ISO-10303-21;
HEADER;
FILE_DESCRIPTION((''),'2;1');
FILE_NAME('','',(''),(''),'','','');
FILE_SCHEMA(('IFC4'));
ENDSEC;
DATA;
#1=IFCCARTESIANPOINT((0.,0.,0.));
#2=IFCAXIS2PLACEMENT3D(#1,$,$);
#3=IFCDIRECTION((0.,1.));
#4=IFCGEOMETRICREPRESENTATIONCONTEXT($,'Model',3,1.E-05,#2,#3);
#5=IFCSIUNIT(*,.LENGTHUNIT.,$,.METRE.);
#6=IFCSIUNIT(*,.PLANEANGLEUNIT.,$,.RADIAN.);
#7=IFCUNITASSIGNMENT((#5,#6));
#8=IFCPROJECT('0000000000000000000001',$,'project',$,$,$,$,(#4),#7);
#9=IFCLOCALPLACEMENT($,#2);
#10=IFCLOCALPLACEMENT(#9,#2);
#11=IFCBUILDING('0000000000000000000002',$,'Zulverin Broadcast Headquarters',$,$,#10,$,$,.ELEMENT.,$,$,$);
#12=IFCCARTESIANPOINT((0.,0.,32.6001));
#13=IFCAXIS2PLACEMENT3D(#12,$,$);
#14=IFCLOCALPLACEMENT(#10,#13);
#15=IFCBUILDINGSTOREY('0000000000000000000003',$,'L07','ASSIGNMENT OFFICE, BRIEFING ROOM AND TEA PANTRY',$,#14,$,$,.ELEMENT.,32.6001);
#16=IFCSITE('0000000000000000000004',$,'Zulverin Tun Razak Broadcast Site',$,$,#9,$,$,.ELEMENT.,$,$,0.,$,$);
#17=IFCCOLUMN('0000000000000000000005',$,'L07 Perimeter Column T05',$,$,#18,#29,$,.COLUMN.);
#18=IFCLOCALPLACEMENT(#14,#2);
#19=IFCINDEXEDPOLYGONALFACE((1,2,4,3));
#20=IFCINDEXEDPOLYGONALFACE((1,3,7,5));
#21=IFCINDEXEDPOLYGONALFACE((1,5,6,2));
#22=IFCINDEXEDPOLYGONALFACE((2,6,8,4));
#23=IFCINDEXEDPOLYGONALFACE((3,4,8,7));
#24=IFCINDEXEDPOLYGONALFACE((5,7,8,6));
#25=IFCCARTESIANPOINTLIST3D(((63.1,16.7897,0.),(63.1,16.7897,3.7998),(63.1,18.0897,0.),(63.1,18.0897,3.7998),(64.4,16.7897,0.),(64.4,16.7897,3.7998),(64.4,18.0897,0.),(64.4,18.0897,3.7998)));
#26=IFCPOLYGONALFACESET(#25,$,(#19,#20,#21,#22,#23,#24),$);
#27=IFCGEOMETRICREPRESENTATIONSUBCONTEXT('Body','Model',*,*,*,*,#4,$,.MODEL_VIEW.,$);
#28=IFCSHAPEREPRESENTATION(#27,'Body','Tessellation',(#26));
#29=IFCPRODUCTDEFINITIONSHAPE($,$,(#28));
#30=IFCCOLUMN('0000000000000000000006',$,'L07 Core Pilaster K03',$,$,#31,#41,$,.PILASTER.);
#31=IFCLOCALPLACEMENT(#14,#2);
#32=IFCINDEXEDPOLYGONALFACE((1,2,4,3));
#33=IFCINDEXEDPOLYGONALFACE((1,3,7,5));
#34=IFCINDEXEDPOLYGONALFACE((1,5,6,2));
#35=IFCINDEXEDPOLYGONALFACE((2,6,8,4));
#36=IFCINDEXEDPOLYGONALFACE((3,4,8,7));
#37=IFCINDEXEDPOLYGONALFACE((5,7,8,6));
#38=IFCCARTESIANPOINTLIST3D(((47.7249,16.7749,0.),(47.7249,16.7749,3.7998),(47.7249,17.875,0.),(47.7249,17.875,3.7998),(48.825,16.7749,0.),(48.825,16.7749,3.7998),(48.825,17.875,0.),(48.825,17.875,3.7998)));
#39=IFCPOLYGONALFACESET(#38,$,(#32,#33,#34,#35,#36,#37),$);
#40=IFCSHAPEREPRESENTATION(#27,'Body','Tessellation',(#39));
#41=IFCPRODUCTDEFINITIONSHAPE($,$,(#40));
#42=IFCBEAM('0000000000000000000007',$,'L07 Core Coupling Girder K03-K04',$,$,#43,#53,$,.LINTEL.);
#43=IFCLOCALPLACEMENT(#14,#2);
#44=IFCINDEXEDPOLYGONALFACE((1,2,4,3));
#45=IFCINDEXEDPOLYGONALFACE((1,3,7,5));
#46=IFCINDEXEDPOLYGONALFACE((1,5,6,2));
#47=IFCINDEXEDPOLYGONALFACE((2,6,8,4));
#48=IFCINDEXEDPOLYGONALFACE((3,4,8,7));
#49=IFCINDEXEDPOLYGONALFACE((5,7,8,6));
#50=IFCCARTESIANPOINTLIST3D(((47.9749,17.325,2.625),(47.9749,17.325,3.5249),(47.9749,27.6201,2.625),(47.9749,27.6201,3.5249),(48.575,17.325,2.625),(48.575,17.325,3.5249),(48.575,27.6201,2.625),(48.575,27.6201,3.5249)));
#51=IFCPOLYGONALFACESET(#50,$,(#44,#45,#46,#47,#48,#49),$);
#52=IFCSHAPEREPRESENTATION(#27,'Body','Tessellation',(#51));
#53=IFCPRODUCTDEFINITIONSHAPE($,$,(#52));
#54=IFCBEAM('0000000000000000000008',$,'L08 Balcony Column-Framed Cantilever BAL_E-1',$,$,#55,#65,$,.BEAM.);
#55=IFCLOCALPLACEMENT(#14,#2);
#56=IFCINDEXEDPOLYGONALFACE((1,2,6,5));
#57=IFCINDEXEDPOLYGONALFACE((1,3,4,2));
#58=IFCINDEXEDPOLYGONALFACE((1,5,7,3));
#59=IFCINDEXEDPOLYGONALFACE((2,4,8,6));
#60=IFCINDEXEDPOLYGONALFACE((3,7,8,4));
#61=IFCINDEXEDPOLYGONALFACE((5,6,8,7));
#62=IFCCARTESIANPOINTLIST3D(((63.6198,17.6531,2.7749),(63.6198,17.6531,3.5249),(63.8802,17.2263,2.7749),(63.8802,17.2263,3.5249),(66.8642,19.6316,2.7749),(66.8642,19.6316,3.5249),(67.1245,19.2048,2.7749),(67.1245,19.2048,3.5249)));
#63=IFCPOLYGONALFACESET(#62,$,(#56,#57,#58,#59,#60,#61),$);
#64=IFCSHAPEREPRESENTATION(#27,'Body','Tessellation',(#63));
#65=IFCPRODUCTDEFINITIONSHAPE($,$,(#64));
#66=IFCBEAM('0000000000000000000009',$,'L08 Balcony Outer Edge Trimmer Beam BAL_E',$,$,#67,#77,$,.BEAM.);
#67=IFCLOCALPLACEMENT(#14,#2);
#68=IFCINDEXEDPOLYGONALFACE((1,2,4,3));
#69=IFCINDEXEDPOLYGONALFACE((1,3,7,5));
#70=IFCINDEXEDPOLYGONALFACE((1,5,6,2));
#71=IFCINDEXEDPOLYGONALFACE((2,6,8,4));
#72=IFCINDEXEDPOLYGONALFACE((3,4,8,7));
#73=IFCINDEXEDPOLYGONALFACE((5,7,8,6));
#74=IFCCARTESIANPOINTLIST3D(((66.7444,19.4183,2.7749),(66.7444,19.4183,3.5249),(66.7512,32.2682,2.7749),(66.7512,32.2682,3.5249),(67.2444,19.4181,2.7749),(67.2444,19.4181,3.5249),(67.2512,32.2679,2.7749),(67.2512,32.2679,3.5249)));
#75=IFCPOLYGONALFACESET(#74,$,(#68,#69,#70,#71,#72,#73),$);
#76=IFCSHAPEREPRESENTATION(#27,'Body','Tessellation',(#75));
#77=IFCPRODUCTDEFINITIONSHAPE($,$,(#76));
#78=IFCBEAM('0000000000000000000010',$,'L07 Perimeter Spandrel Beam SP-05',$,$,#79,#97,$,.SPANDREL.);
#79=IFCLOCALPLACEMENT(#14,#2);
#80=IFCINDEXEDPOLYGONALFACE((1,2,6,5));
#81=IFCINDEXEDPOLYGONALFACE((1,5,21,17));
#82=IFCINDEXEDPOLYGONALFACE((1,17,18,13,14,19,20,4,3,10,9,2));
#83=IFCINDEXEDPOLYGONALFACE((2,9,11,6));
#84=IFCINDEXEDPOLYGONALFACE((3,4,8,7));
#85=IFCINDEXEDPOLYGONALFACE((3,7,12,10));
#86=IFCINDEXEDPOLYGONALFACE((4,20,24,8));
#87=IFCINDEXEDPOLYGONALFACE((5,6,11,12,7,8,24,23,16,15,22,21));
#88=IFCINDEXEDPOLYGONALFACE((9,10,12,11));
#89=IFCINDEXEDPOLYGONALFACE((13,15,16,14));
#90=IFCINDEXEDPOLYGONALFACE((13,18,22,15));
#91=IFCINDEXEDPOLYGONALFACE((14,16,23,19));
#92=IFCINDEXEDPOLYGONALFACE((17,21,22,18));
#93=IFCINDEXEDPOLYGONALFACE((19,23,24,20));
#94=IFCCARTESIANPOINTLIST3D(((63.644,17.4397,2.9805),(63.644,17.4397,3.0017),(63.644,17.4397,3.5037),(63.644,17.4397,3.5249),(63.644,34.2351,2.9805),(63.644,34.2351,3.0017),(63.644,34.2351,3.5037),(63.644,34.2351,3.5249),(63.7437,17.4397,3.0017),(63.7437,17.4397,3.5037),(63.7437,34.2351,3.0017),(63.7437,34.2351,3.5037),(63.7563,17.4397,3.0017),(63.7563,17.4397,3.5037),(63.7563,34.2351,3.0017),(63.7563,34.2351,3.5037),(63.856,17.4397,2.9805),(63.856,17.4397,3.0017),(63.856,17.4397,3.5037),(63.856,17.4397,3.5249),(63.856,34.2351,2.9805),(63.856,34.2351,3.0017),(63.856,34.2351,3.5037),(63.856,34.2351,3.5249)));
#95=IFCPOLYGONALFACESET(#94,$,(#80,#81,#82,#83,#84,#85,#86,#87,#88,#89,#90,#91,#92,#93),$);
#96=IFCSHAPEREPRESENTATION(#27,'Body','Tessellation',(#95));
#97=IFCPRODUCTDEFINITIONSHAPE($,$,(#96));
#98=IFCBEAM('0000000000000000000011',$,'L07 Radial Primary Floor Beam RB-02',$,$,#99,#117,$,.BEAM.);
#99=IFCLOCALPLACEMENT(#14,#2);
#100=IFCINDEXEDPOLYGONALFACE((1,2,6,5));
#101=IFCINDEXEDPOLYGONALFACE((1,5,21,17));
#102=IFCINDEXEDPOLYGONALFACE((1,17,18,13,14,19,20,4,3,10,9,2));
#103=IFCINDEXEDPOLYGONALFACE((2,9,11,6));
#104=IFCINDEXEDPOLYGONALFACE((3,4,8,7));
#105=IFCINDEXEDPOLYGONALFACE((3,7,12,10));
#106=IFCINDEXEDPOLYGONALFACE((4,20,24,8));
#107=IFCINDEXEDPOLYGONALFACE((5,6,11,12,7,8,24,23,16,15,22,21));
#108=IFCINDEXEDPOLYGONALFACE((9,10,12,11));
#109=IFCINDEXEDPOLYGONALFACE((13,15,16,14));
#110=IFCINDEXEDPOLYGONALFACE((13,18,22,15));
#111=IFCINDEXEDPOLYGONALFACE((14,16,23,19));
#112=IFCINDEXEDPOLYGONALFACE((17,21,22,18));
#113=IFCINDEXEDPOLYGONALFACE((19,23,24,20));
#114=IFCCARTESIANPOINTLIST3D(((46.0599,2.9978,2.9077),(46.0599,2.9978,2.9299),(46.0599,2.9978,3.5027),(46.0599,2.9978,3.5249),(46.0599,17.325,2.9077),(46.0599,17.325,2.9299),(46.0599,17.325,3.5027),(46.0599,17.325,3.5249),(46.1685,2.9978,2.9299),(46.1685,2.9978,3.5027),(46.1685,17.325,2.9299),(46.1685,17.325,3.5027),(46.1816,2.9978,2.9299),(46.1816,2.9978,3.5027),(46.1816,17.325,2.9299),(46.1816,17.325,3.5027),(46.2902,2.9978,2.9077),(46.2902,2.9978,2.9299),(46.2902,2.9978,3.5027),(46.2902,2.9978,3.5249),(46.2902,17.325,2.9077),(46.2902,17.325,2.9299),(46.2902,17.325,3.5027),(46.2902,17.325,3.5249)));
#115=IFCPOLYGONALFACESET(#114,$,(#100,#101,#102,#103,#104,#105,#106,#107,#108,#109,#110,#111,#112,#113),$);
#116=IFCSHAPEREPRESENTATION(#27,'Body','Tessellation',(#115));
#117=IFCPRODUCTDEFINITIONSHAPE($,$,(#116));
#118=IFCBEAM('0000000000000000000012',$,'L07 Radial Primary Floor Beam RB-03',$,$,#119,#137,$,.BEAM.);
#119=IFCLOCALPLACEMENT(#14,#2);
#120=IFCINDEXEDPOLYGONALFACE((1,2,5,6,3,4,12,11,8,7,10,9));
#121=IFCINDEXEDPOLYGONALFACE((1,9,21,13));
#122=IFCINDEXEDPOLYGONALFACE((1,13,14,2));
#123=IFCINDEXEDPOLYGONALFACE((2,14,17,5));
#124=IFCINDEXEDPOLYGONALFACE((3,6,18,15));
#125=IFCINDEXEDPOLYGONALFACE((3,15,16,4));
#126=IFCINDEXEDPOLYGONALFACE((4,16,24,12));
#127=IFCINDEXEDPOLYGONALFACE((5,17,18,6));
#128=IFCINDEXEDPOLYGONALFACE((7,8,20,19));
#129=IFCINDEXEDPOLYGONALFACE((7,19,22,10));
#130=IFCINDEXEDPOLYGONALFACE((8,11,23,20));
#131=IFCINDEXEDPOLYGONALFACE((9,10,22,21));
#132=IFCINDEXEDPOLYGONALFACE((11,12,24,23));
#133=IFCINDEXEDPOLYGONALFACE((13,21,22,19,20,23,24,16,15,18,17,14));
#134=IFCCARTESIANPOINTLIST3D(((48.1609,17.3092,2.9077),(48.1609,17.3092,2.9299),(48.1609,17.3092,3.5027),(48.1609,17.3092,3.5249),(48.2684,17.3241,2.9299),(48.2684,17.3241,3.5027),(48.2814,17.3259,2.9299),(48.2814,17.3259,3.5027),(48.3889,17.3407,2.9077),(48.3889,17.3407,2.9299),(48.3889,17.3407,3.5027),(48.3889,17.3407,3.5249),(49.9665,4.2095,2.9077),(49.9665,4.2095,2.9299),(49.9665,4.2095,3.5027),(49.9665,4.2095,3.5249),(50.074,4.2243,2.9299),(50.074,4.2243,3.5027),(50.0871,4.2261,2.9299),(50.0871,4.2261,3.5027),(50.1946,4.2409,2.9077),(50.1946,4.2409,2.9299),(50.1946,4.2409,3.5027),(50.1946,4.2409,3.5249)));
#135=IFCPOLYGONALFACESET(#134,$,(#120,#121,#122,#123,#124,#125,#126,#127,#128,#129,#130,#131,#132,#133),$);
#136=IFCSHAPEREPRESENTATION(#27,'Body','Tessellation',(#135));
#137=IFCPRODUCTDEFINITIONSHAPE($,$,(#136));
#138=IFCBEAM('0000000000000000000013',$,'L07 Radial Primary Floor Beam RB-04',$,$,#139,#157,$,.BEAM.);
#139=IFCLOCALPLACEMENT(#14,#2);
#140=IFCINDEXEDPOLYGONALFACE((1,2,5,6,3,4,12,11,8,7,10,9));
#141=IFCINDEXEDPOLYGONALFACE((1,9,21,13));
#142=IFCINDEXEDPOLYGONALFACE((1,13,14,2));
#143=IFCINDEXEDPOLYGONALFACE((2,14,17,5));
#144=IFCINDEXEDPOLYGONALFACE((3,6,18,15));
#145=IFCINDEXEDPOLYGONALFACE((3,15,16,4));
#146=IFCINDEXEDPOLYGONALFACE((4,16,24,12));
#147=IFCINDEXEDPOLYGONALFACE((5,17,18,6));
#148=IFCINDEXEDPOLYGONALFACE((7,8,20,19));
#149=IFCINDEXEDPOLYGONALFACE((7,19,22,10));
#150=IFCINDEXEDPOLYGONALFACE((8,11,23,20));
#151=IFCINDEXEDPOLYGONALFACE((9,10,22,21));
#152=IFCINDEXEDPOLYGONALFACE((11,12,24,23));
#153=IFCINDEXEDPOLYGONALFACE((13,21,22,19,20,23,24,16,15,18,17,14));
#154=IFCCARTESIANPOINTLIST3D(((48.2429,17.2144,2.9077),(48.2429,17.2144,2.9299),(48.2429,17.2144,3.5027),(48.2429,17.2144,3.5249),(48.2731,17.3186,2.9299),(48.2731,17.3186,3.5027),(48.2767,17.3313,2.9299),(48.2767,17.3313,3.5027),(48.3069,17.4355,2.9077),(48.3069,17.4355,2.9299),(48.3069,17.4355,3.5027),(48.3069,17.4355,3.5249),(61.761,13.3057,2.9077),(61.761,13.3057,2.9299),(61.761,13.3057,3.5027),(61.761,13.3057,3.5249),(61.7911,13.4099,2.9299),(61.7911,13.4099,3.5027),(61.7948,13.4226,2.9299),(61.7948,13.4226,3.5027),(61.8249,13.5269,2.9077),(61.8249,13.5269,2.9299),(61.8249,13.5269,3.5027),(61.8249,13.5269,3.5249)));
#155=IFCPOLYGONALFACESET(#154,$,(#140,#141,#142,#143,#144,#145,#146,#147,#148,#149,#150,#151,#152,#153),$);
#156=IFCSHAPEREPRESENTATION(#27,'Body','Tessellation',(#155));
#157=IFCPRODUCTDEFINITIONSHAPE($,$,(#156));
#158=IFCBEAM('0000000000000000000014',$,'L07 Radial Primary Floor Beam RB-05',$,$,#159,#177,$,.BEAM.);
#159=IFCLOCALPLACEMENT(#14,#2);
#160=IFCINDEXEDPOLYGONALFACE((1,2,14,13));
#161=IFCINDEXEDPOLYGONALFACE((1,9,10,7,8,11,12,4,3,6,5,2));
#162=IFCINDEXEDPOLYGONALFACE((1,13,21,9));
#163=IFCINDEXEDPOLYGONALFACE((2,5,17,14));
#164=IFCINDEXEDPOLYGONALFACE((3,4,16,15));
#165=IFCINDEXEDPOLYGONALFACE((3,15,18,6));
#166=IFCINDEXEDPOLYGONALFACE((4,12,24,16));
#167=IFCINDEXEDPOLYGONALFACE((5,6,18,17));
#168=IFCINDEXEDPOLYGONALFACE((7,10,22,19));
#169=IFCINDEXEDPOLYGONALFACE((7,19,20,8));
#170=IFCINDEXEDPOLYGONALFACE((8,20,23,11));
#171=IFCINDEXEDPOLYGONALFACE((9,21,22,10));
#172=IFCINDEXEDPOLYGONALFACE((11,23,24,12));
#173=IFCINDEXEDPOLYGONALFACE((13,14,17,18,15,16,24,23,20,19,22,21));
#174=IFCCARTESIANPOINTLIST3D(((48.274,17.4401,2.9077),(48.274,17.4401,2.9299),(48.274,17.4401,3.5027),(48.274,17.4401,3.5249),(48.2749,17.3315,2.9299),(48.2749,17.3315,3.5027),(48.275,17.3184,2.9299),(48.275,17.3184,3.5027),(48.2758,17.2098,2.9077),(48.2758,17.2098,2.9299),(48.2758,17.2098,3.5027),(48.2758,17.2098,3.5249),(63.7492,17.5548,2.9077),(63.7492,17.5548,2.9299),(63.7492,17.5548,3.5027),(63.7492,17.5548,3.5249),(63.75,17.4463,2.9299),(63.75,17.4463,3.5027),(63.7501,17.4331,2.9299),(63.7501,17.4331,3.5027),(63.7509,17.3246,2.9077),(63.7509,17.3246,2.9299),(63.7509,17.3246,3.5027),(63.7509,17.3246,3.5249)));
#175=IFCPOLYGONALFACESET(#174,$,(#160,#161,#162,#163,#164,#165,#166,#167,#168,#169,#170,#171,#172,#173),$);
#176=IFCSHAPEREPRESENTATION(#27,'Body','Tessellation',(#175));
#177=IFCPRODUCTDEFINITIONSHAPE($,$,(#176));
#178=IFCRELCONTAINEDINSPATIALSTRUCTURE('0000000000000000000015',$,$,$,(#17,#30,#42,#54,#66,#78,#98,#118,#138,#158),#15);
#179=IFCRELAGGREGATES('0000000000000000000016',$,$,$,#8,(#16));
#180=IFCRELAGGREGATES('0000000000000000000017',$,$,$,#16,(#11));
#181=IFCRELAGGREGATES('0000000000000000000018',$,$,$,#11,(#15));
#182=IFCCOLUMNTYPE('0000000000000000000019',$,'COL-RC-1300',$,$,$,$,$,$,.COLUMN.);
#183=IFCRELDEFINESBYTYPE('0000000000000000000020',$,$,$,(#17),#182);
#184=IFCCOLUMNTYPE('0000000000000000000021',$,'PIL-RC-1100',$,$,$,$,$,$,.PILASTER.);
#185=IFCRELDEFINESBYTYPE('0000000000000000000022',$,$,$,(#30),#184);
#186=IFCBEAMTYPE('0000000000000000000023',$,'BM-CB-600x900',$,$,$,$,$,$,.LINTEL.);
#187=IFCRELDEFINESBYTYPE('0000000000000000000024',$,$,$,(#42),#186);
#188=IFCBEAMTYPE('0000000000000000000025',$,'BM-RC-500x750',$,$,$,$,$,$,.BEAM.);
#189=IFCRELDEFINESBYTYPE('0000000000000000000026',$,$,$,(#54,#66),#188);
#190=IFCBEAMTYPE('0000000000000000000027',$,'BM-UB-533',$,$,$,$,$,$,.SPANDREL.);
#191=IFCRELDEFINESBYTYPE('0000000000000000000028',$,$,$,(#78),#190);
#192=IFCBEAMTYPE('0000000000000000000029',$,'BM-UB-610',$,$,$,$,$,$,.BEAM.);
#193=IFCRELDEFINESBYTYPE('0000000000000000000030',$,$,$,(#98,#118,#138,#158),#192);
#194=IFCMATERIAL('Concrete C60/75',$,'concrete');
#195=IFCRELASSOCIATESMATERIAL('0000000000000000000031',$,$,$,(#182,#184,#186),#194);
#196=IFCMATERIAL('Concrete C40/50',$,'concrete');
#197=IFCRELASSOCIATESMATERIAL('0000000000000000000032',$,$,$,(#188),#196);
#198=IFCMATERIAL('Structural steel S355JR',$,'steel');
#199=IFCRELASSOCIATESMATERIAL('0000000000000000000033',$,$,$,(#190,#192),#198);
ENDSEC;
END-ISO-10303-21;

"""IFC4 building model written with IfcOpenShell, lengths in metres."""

from ifc_helpers import new_model, si_unit, direction, frame, origin, origin_2d, place, context, subcontext, project, spatial, rectangle, i_section, extrude, material, material_profile, profile_set, type_object, element, save


model = new_model("IFC4")

# Units and contexts
model_context = context("Model", 3, precision=1e-05, world=origin(), true_north=direction((0.0, 1.0)))
body_context = subcontext(model_context, "Body", "Model", "MODEL_VIEW")
ifc_project = project(units=[si_unit("LENGTHUNIT", "METRE"), si_unit("PLANEANGLEUNIT", "RADIAN")], contexts=[model_context])

# Site, building, storey
site_placement = place(None, origin())
site = spatial("IfcSite", under=ifc_project, at=site_placement, Name="Zulverin Tun Razak Broadcast Site", CompositionType="ELEMENT", RefElevation=0.0)
building_placement = place(site_placement, origin())
building = spatial("IfcBuilding", under=site, at=building_placement, Name="Zulverin Broadcast Headquarters", CompositionType="ELEMENT")
storey_placement = place(building_placement, frame((0.0, 0.0, 32.6001)))
storey = spatial("IfcBuildingStorey", under=building, at=storey_placement, Name="L07", Description="ASSIGNMENT OFFICE, BRIEFING ROOM AND TEA PANTRY", CompositionType="ELEMENT", Elevation=32.6001)

# Columns
ifc_material_1 = material(Name="Concrete C60/75", Category="concrete")
ifc_material_profile_1 = material_profile(ifc_material_1, rectangle(XDim=1.3, YDim=1.3, at=origin_2d()), Name="Concrete C60/75", Category="concrete")
ifc_profile_set_1 = profile_set([ifc_material_profile_1], Name="Concrete C60/75")
column_type_1 = type_object("IfcColumnType", Name="COL-RC-1300", PredefinedType="COLUMN", material=ifc_profile_set_1)
column_1_placement = place(storey_placement, frame((63.75, 17.4397, 0.0), z_axis=(0.0, 0.0, 1.0), x_axis=(1.0, 0.0, 0.0)))
element("IfcColumn", 1, at=column_1_placement, inside=storey, type_object=column_type_1, Name="L07 Perimeter Column T05", PredefinedType="COLUMN", context=body_context, shape_type="SweptSolid", body=[
    extrude(rectangle(XDim=1.3, YDim=1.3, at=origin_2d()), origin(), (0.0, 0.0, 1.0), 3.7998),
])
ifc_material_profile_2 = material_profile(ifc_material_1, rectangle(XDim=1.1001, YDim=1.1001, at=origin_2d()), Name="Concrete C60/75", Category="concrete")
ifc_profile_set_2 = profile_set([ifc_material_profile_2], Name="Concrete C60/75")
column_type_2 = type_object("IfcColumnType", Name="PIL-RC-1100", PredefinedType="PILASTER", material=ifc_profile_set_2)
column_2_placement = place(storey_placement, frame((48.2749, 17.325, 0.0), z_axis=(0.0, 0.0, 1.0), x_axis=(1.0, 0.0, 0.0)))
element("IfcColumn", 2, at=column_2_placement, inside=storey, type_object=column_type_2, Name="L07 Core Pilaster K03", PredefinedType="PILASTER", context=body_context, shape_type="SweptSolid", body=[
    extrude(rectangle(XDim=1.1001, YDim=1.1001, at=origin_2d()), origin(), (0.0, 0.0, 1.0), 3.7998),
])

# Beams
ifc_material_profile_3 = material_profile(ifc_material_1, rectangle(XDim=0.6001, YDim=0.8999, at=origin_2d()), Name="Concrete C60/75", Category="concrete")
ifc_profile_set_3 = profile_set([ifc_material_profile_3], Name="Concrete C60/75")
beam_type_1 = type_object("IfcBeamType", Name="BM-CB-600x900", PredefinedType="LINTEL", material=ifc_profile_set_3)
beam_1_placement = place(storey_placement, frame((48.2749, 17.325, 3.075), z_axis=(0.0, 1.0, 0.0), x_axis=(-1.0, 0.0, 0.0)))
element("IfcBeam", 3, at=beam_1_placement, inside=storey, type_object=beam_type_1, Name="L07 Core Coupling Girder K03-K04", PredefinedType="LINTEL", context=body_context, shape_type="SweptSolid", body=[
    extrude(rectangle(XDim=0.6001, YDim=0.8999, at=origin_2d()), origin(), (0.0, 0.0, 1.0), 10.2952),
])
ifc_material_2 = material(Name="Concrete C40/50", Category="concrete")
ifc_material_profile_4 = material_profile(ifc_material_2, rectangle(XDim=0.5, YDim=0.75, at=origin_2d()), Name="Concrete C40/50", Category="concrete")
ifc_profile_set_4 = profile_set([ifc_material_profile_4], Name="Concrete C40/50")
beam_type_2 = type_object("IfcBeamType", Name="BM-RC-500x750", PredefinedType="BEAM", material=ifc_profile_set_4)
beam_2_placement = place(storey_placement, frame((63.75, 17.4397, 3.1499), z_axis=(0.853769, 0.520652, 0.0), x_axis=(-0.520652, 0.853769, 0.0)))
element("IfcBeam", 4, at=beam_2_placement, inside=storey, type_object=beam_type_2, Name="L08 Balcony Column-Framed Cantilever BAL_E-1", PredefinedType="BEAM", context=body_context, shape_type="SweptSolid", body=[
    extrude(rectangle(XDim=0.5, YDim=0.75, at=origin_2d()), origin(), (0.0, 0.0, 1.0), 3.8),
])
beam_3_placement = place(storey_placement, frame((66.9944, 19.4182, 3.1499), z_axis=(0.000532, 1.0, 0.0), x_axis=(-1.0, 0.000532, 0.0)))
element("IfcBeam", 5, at=beam_3_placement, inside=storey, type_object=beam_type_2, Name="L08 Balcony Outer Edge Trimmer Beam BAL_E", PredefinedType="BEAM", context=body_context, shape_type="SweptSolid", body=[
    extrude(rectangle(XDim=0.5, YDim=0.75, at=origin_2d()), origin(), (0.0, 0.0, 1.0), 12.8499),
])
ifc_material_3 = material(Name="Structural steel S355JR", Category="steel")
ifc_material_profile_5 = material_profile(ifc_material_3, i_section(OverallWidth=0.2119, OverallDepth=0.5444, WebThickness=0.0127, FlangeThickness=0.0212, at=origin_2d()), Name="Structural steel S355JR", Category="steel")
ifc_profile_set_5 = profile_set([ifc_material_profile_5], Name="Structural steel S355JR")
beam_type_3 = type_object("IfcBeamType", Name="BM-UB-533", PredefinedType="SPANDREL", material=ifc_profile_set_5)
beam_4_placement = place(storey_placement, frame((63.75, 17.4397, 3.2527), z_axis=(0.0, 1.0, 0.0), x_axis=(-1.0, 0.0, 0.0)))
element("IfcBeam", 6, at=beam_4_placement, inside=storey, type_object=beam_type_3, Name="L07 Perimeter Spandrel Beam SP-05", PredefinedType="SPANDREL", context=body_context, shape_type="SweptSolid", body=[
    extrude(i_section(OverallWidth=0.2119, OverallDepth=0.5444, WebThickness=0.0127, FlangeThickness=0.0212, at=origin_2d()), origin(), (0.0, 0.0, 1.0), 16.7954),
])
ifc_material_profile_6 = material_profile(ifc_material_3, i_section(OverallWidth=0.2302, OverallDepth=0.6172, WebThickness=0.0132, FlangeThickness=0.0222, at=origin_2d()), Name="Structural steel S355JR", Category="steel")
ifc_profile_set_6 = profile_set([ifc_material_profile_6], Name="Structural steel S355JR")
beam_type_4 = type_object("IfcBeamType", Name="BM-UB-610", PredefinedType="BEAM", material=ifc_profile_set_6)
beam_5_placement = place(storey_placement, frame((46.175, 17.325, 3.2163), z_axis=(0.0, -1.0, 0.0), x_axis=(1.0, 0.0, 0.0)))
element("IfcBeam", 7, at=beam_5_placement, inside=storey, type_object=beam_type_4, Name="L07 Radial Primary Floor Beam RB-02", PredefinedType="BEAM", context=body_context, shape_type="SweptSolid", body=[
    extrude(i_section(OverallWidth=0.2302, OverallDepth=0.6172, WebThickness=0.0132, FlangeThickness=0.0222, at=origin_2d()), origin(), (0.0, 0.0, 1.0), 14.3271),
])
beam_6_placement = place(storey_placement, frame((48.2749, 17.325, 3.2163), z_axis=(0.136547, -0.990634, 0.0), x_axis=(0.990634, 0.136547, 0.0)))
element("IfcBeam", 8, at=beam_6_placement, inside=storey, type_object=beam_type_4, Name="L07 Radial Primary Floor Beam RB-03", PredefinedType="BEAM", context=body_context, shape_type="SweptSolid", body=[
    extrude(i_section(OverallWidth=0.2302, OverallDepth=0.6172, WebThickness=0.0132, FlangeThickness=0.0222, at=origin_2d()), origin(), (0.0, 0.0, 1.0), 13.2236),
])
beam_7_placement = place(storey_placement, frame((48.2749, 17.325, 3.2163), z_axis=(0.960648, -0.277767, 0.0), x_axis=(0.277767, 0.960648, 0.0)))
element("IfcBeam", 9, at=beam_7_placement, inside=storey, type_object=beam_type_4, Name="L07 Radial Primary Floor Beam RB-04", PredefinedType="BEAM", context=body_context, shape_type="SweptSolid", body=[
    extrude(i_section(OverallWidth=0.2302, OverallDepth=0.6172, WebThickness=0.0132, FlangeThickness=0.0222, at=origin_2d()), origin(), (0.0, 0.0, 1.0), 14.0718),
])
beam_8_placement = place(storey_placement, frame((48.2749, 17.325, 3.2163), z_axis=(0.999973, 0.007415, 0.0), x_axis=(-0.007415, 0.999973, 0.0)))
element("IfcBeam", 10, at=beam_8_placement, inside=storey, type_object=beam_type_4, Name="L07 Radial Primary Floor Beam RB-05", PredefinedType="BEAM", context=body_context, shape_type="SweptSolid", body=[
    extrude(i_section(OverallWidth=0.2302, OverallDepth=0.6172, WebThickness=0.0132, FlangeThickness=0.0222, at=origin_2d()), origin(), (0.0, 0.0, 1.0), 15.4756),
])

save(model, "model.ifc")
